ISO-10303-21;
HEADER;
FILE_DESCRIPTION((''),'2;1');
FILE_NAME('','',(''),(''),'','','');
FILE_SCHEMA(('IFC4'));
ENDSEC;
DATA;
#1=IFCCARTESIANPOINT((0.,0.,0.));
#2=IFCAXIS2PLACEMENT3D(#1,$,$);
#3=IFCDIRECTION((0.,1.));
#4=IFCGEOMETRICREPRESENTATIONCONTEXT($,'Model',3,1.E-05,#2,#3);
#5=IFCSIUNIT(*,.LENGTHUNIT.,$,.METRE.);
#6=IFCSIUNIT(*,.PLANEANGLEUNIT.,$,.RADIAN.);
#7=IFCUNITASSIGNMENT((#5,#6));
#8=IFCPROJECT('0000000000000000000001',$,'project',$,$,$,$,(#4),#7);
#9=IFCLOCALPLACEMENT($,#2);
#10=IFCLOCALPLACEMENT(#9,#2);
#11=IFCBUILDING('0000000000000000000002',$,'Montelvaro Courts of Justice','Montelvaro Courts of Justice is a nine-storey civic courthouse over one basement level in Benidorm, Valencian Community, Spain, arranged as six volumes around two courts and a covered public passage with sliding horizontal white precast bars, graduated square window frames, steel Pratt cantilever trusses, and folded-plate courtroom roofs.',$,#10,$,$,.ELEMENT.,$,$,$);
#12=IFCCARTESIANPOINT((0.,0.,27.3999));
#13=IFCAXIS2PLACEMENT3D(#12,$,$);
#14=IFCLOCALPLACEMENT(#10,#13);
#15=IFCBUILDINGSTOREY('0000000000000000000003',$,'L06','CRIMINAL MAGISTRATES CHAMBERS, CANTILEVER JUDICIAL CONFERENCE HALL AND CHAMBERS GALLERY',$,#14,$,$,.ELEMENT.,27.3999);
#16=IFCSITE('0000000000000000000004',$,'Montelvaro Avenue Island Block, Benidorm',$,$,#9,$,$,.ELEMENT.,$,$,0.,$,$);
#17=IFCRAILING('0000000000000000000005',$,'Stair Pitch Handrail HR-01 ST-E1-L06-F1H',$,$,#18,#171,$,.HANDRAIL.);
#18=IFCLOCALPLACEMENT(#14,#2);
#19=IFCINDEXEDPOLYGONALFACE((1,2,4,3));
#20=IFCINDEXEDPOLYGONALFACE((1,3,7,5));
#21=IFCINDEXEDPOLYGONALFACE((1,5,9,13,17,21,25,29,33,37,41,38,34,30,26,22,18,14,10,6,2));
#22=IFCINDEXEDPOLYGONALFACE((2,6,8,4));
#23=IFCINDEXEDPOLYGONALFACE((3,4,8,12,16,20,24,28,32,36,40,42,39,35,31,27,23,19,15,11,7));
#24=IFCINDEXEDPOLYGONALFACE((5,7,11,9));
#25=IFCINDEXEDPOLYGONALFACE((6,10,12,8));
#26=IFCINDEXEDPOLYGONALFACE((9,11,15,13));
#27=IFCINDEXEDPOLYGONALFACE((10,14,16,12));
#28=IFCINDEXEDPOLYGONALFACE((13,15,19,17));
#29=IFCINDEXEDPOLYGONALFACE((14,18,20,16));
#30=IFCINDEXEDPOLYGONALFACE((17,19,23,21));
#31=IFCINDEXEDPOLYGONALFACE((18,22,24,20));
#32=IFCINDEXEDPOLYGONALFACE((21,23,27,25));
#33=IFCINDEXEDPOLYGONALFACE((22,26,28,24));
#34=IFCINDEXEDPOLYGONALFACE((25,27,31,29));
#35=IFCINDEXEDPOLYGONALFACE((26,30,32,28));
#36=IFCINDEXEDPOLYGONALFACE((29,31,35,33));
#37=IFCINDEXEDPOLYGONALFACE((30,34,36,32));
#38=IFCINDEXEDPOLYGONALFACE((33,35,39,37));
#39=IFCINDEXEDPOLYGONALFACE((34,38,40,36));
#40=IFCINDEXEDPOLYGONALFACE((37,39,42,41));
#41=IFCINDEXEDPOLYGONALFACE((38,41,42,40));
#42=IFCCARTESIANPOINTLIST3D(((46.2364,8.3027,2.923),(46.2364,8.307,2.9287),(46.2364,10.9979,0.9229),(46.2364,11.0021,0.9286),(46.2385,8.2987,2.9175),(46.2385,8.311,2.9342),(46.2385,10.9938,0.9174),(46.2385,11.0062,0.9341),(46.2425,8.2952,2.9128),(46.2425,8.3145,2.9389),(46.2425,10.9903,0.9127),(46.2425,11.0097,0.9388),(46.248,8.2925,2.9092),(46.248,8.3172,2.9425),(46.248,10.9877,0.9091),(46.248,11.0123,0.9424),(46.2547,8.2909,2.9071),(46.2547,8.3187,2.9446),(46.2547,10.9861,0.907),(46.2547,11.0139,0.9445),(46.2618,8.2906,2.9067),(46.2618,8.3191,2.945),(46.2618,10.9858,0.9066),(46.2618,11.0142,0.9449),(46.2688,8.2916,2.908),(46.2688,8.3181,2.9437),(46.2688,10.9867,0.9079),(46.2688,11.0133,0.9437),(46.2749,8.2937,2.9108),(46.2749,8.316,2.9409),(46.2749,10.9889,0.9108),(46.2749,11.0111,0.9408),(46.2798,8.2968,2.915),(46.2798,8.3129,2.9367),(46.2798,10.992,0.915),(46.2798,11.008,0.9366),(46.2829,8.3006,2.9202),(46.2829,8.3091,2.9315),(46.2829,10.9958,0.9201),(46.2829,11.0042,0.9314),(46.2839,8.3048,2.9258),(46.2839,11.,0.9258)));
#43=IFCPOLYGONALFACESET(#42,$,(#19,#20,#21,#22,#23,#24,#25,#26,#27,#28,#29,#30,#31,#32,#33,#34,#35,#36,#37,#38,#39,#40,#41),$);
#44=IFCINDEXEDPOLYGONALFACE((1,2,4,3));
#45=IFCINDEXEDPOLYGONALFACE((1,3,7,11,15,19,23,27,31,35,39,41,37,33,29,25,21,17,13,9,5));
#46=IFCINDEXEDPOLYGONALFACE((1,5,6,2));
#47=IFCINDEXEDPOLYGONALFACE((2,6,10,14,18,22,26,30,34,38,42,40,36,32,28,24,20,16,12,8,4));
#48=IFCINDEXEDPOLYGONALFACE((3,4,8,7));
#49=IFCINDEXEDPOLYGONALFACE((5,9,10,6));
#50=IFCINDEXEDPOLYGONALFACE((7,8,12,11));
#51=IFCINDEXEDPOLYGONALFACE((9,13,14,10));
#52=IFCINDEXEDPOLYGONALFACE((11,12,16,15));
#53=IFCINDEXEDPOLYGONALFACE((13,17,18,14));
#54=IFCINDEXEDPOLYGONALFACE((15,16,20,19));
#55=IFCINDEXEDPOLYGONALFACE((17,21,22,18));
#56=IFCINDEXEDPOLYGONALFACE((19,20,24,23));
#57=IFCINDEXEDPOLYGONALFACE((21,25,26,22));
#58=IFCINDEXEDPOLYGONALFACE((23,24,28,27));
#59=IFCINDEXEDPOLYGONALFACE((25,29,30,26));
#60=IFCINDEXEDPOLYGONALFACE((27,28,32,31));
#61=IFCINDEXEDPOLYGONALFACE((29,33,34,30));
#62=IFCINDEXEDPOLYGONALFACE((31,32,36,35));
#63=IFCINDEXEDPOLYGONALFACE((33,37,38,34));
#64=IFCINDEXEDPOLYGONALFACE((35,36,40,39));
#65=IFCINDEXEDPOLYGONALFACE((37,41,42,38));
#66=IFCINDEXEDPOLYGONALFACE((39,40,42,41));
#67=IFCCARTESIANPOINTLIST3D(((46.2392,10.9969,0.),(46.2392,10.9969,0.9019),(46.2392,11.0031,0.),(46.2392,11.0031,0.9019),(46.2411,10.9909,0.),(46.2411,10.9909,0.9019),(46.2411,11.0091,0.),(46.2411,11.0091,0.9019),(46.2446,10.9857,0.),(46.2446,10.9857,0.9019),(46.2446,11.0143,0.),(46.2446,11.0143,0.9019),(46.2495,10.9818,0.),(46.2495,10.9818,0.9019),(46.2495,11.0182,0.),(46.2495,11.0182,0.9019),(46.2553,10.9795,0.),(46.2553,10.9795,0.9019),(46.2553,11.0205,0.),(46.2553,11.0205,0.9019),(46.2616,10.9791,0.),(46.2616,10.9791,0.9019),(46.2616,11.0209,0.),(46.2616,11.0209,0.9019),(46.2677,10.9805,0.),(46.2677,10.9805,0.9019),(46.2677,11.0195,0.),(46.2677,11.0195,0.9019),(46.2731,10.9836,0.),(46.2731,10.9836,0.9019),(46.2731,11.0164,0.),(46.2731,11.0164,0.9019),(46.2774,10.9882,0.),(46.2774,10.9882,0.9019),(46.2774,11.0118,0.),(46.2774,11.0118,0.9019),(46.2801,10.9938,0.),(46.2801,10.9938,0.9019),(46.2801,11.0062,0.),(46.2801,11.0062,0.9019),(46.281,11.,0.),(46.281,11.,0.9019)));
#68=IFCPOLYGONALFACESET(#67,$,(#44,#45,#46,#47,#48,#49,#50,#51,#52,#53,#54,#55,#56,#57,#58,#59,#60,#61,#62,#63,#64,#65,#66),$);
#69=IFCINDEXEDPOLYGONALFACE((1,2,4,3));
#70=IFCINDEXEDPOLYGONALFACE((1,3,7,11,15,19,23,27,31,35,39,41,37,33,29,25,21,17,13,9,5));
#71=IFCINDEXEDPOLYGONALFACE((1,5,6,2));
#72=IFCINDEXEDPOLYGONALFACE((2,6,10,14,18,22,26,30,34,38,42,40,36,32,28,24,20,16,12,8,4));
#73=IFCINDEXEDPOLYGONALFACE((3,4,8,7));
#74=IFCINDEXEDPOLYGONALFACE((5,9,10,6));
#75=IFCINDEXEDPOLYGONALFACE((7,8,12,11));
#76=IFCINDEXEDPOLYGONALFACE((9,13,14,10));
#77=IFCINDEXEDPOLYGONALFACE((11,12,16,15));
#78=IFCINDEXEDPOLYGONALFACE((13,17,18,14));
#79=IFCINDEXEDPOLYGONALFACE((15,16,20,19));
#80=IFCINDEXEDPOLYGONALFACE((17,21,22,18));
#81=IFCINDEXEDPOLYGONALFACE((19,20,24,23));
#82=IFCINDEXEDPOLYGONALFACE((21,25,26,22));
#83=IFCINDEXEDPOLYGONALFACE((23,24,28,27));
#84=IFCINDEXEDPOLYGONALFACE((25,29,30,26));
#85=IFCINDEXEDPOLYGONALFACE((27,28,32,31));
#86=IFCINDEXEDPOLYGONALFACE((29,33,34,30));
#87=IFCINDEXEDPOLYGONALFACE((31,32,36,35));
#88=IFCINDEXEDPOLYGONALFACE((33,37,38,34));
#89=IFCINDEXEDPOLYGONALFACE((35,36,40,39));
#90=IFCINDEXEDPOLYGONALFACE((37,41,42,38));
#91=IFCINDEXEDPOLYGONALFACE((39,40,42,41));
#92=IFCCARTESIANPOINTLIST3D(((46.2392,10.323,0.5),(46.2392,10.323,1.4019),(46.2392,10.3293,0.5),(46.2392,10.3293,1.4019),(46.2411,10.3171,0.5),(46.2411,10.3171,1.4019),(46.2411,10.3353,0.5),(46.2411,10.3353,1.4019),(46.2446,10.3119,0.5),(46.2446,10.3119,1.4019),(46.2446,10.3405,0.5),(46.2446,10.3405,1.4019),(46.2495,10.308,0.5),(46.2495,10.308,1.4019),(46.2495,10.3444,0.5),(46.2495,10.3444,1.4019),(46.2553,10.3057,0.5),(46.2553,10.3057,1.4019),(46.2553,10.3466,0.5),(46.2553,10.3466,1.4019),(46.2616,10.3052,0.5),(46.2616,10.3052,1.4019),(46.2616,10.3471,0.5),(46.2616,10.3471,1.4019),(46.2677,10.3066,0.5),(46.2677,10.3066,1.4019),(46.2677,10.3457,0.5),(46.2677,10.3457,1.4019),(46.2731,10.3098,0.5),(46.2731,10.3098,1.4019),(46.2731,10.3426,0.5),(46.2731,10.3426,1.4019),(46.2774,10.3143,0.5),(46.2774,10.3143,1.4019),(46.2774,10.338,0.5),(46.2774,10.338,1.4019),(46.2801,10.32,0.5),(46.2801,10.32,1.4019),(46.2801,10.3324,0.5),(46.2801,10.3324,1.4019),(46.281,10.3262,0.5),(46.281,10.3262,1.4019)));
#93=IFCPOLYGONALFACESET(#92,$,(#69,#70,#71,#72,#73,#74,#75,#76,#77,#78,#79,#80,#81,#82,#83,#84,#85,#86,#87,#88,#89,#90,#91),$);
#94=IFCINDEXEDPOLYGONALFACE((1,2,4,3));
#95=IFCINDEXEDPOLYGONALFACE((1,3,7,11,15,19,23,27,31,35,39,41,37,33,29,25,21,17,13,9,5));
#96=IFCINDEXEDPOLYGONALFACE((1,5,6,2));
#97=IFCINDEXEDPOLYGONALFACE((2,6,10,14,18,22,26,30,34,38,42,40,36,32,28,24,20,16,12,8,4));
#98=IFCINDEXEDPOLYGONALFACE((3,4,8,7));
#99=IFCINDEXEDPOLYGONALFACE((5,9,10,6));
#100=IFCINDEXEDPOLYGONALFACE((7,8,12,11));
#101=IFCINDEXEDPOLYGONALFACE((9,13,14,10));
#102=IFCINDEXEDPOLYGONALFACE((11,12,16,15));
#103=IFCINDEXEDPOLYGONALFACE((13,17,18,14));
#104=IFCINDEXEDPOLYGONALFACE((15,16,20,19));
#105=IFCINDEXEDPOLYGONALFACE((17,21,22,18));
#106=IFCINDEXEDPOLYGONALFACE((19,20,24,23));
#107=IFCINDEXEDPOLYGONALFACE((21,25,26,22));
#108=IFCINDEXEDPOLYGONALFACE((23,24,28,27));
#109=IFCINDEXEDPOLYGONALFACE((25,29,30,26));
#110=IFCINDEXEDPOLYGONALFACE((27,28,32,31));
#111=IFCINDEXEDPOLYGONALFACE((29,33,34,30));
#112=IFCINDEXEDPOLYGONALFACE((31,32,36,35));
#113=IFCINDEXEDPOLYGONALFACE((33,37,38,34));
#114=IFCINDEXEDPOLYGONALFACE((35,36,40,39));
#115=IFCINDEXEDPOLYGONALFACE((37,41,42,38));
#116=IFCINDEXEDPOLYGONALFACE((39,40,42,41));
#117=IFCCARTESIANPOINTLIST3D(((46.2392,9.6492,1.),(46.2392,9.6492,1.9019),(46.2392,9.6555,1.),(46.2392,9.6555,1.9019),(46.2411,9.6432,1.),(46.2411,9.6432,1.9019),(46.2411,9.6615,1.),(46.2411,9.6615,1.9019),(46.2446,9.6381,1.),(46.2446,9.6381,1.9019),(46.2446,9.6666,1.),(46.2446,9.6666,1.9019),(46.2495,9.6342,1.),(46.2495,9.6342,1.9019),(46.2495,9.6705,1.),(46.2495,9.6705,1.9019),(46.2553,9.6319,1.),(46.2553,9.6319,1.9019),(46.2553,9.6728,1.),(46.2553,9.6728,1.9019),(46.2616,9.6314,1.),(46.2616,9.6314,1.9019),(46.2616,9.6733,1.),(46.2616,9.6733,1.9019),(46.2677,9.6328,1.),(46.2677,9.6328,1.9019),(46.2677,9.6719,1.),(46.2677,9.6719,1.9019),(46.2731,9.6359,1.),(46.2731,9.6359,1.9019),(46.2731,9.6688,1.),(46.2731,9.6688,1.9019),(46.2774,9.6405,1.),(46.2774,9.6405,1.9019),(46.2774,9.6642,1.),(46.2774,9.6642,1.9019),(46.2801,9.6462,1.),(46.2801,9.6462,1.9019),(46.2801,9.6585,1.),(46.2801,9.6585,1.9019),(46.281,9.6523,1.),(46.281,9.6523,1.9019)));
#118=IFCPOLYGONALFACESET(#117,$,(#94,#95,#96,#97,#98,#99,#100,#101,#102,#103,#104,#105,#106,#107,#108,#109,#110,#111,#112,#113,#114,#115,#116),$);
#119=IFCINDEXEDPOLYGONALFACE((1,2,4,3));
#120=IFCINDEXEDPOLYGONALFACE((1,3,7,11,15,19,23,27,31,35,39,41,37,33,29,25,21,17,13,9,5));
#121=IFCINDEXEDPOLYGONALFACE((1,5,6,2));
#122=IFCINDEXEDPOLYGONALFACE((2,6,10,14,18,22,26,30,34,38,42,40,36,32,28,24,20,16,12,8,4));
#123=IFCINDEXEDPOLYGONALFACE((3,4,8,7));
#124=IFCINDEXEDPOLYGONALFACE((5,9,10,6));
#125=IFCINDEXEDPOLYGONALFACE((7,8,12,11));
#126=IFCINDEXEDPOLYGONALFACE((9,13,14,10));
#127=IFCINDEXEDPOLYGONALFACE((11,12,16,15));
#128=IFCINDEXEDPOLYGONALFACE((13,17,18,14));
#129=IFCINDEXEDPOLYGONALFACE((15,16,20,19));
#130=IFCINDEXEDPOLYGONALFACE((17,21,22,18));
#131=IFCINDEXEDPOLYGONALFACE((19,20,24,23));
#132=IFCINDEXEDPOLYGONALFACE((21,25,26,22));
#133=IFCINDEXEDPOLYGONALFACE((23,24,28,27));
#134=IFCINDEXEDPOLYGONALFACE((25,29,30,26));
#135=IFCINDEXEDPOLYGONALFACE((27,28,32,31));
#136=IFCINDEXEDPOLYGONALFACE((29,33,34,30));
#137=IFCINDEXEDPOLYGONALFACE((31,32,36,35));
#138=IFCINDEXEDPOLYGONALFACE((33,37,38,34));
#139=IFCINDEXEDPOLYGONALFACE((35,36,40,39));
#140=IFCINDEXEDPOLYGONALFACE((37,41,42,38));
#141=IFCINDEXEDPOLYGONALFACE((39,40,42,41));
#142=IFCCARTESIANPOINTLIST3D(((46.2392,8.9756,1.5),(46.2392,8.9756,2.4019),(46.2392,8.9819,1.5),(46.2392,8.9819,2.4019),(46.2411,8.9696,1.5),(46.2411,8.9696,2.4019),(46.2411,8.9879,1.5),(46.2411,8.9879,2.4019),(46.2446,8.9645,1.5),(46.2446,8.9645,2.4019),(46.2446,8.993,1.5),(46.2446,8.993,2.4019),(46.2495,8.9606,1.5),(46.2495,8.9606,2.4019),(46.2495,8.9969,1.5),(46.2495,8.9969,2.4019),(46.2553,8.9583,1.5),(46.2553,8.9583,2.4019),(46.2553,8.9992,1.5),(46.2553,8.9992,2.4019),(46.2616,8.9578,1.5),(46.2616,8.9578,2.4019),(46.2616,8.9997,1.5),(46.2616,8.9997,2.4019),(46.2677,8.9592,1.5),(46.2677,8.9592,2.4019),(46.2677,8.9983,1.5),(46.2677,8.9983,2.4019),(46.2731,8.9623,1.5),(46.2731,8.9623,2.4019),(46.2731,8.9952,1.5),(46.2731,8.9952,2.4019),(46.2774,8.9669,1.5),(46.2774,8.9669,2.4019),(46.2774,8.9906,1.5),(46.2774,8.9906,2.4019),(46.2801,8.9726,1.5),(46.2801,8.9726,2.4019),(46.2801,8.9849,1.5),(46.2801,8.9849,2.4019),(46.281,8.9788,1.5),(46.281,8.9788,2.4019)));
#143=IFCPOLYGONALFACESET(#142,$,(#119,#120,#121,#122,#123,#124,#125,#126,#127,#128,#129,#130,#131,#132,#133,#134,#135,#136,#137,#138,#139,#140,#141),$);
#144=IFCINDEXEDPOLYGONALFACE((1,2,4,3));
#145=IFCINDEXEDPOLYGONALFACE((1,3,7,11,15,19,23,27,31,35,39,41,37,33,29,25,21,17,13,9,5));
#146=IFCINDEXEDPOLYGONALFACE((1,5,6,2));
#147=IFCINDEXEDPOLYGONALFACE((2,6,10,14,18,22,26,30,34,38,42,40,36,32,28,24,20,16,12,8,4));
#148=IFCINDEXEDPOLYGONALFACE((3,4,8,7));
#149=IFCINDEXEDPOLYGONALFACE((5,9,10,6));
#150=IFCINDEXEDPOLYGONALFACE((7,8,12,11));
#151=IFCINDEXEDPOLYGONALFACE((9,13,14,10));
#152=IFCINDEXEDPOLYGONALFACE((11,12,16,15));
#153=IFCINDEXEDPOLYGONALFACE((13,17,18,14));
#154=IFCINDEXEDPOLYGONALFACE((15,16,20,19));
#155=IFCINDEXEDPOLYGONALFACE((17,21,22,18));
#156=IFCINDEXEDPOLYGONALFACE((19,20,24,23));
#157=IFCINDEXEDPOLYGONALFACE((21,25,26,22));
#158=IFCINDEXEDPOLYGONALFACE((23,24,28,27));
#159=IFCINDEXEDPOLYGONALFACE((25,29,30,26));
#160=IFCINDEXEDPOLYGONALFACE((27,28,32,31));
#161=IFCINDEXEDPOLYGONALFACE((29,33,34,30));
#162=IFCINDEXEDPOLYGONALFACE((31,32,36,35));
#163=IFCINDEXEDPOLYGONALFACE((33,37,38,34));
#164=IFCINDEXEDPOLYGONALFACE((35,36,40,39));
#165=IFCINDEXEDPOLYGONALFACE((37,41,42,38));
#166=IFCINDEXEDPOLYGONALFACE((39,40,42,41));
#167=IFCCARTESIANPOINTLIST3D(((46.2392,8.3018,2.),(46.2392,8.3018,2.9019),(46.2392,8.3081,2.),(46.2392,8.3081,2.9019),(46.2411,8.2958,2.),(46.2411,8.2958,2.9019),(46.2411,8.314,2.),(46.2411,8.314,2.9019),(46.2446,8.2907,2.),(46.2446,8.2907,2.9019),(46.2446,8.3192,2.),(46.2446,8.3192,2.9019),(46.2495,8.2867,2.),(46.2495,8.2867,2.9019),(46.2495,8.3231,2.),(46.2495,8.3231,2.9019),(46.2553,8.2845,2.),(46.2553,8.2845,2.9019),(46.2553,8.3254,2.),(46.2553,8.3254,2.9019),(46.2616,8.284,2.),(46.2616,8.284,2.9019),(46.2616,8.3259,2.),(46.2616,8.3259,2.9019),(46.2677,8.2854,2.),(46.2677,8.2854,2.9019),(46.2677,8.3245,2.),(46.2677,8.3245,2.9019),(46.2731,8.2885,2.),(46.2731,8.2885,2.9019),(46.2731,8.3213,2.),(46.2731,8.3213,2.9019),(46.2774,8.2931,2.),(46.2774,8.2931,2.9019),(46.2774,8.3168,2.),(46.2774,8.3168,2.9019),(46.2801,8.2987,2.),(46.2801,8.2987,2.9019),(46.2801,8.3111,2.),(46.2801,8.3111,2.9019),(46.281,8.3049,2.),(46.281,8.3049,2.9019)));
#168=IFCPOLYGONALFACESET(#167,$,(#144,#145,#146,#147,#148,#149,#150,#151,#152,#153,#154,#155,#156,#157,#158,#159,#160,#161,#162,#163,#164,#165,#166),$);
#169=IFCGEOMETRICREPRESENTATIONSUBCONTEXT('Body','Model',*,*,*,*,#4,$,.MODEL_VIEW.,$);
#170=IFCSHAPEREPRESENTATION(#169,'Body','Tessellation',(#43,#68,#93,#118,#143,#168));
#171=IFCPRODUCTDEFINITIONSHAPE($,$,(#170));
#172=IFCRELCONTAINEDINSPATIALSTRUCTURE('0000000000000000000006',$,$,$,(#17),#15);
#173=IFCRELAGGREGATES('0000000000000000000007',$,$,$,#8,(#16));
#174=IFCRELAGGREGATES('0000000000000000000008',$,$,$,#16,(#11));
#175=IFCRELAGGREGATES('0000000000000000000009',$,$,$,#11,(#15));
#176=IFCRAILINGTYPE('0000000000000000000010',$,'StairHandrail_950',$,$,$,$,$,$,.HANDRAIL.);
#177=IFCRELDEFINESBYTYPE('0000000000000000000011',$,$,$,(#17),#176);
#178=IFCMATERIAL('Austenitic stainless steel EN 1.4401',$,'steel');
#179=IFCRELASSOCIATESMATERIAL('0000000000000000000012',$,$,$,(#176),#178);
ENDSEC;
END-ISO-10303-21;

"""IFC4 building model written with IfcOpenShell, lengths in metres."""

from ifc_helpers import new_model, si_unit, direction, frame, origin, origin_2d, place, context, subcontext, project, spatial, circle, extrude, material, type_object, element, save


model = new_model("IFC4")

# Units and contexts
model_context = context("Model", 3, precision=1e-05, world=origin(), true_north=direction((0.0, 1.0)))
body_context = subcontext(model_context, "Body", "Model", "MODEL_VIEW")
ifc_project = project(units=[si_unit("LENGTHUNIT", "METRE"), si_unit("PLANEANGLEUNIT", "RADIAN")], contexts=[model_context])

# Site, building, storey
site_placement = place(None, origin())
site = spatial("IfcSite", under=ifc_project, at=site_placement, Name="Montelvaro Avenue Island Block, Benidorm", CompositionType="ELEMENT", RefElevation=0.0)
building_placement = place(site_placement, origin())
building = spatial("IfcBuilding", under=site, at=building_placement, Name="Montelvaro Courts of Justice", Description="Montelvaro Courts of Justice is a nine-storey civic courthouse over one basement level in Benidorm, Valencian Community, Spain, arranged as six volumes around two courts and a covered public passage with sliding horizontal white precast bars, graduated square window frames, steel Pratt cantilever trusses, and folded-plate courtroom roofs.", CompositionType="ELEMENT")
storey_placement = place(building_placement, frame((0.0, 0.0, 27.3999)))
storey = spatial("IfcBuildingStorey", under=building, at=storey_placement, Name="L06", Description="CRIMINAL MAGISTRATES CHAMBERS, CANTILEVER JUDICIAL CONFERENCE HALL AND CHAMBERS GALLERY", CompositionType="ELEMENT", Elevation=27.3999)

# Railing
ifc_material_1 = material(Name="Austenitic stainless steel EN 1.4401", Category="steel")
railing_type_1 = type_object("IfcRailingType", Name="StairHandrail_950", PredefinedType="HANDRAIL", material=ifc_material_1)
railing_1_placement = place(storey_placement, frame((46.26, 11.0, 0.0)))
element("IfcRailing", 1, at=railing_1_placement, inside=storey, type_object=railing_type_1, Name="Stair Pitch Handrail HR-01 ST-E1-L06-F1H", PredefinedType="HANDRAIL", context=body_context, shape_type="SweptSolid", body=[
    extrude(circle(Radius=0.0239, at=origin_2d()), frame((0.0, 0.0, 0.9258), z_axis=(0.0, -0.803036, 0.59593), x_axis=(1.0, 0.0, 0.0)), (0.0, 0.0, 1.0), 3.3562),
    extrude(circle(Radius=0.021, at=origin_2d()), origin(), (0.0, 0.0, 1.0), 0.9019),
    extrude(circle(Radius=0.021, at=origin_2d()), frame((0.0, -0.6738, 0.5)), (0.0, 0.0, 1.0), 0.9019),
    extrude(circle(Radius=0.021, at=origin_2d()), frame((0.0, -1.3477, 1.0)), (0.0, 0.0, 1.0), 0.9019),
    extrude(circle(Radius=0.021, at=origin_2d()), frame((0.0, -2.0212, 1.5)), (0.0, 0.0, 1.0), 0.9019),
    extrude(circle(Radius=0.021, at=origin_2d()), frame((0.0, -2.6951, 2.0)), (0.0, 0.0, 1.0), 0.9019),
])

save(model, "model.ifc")
